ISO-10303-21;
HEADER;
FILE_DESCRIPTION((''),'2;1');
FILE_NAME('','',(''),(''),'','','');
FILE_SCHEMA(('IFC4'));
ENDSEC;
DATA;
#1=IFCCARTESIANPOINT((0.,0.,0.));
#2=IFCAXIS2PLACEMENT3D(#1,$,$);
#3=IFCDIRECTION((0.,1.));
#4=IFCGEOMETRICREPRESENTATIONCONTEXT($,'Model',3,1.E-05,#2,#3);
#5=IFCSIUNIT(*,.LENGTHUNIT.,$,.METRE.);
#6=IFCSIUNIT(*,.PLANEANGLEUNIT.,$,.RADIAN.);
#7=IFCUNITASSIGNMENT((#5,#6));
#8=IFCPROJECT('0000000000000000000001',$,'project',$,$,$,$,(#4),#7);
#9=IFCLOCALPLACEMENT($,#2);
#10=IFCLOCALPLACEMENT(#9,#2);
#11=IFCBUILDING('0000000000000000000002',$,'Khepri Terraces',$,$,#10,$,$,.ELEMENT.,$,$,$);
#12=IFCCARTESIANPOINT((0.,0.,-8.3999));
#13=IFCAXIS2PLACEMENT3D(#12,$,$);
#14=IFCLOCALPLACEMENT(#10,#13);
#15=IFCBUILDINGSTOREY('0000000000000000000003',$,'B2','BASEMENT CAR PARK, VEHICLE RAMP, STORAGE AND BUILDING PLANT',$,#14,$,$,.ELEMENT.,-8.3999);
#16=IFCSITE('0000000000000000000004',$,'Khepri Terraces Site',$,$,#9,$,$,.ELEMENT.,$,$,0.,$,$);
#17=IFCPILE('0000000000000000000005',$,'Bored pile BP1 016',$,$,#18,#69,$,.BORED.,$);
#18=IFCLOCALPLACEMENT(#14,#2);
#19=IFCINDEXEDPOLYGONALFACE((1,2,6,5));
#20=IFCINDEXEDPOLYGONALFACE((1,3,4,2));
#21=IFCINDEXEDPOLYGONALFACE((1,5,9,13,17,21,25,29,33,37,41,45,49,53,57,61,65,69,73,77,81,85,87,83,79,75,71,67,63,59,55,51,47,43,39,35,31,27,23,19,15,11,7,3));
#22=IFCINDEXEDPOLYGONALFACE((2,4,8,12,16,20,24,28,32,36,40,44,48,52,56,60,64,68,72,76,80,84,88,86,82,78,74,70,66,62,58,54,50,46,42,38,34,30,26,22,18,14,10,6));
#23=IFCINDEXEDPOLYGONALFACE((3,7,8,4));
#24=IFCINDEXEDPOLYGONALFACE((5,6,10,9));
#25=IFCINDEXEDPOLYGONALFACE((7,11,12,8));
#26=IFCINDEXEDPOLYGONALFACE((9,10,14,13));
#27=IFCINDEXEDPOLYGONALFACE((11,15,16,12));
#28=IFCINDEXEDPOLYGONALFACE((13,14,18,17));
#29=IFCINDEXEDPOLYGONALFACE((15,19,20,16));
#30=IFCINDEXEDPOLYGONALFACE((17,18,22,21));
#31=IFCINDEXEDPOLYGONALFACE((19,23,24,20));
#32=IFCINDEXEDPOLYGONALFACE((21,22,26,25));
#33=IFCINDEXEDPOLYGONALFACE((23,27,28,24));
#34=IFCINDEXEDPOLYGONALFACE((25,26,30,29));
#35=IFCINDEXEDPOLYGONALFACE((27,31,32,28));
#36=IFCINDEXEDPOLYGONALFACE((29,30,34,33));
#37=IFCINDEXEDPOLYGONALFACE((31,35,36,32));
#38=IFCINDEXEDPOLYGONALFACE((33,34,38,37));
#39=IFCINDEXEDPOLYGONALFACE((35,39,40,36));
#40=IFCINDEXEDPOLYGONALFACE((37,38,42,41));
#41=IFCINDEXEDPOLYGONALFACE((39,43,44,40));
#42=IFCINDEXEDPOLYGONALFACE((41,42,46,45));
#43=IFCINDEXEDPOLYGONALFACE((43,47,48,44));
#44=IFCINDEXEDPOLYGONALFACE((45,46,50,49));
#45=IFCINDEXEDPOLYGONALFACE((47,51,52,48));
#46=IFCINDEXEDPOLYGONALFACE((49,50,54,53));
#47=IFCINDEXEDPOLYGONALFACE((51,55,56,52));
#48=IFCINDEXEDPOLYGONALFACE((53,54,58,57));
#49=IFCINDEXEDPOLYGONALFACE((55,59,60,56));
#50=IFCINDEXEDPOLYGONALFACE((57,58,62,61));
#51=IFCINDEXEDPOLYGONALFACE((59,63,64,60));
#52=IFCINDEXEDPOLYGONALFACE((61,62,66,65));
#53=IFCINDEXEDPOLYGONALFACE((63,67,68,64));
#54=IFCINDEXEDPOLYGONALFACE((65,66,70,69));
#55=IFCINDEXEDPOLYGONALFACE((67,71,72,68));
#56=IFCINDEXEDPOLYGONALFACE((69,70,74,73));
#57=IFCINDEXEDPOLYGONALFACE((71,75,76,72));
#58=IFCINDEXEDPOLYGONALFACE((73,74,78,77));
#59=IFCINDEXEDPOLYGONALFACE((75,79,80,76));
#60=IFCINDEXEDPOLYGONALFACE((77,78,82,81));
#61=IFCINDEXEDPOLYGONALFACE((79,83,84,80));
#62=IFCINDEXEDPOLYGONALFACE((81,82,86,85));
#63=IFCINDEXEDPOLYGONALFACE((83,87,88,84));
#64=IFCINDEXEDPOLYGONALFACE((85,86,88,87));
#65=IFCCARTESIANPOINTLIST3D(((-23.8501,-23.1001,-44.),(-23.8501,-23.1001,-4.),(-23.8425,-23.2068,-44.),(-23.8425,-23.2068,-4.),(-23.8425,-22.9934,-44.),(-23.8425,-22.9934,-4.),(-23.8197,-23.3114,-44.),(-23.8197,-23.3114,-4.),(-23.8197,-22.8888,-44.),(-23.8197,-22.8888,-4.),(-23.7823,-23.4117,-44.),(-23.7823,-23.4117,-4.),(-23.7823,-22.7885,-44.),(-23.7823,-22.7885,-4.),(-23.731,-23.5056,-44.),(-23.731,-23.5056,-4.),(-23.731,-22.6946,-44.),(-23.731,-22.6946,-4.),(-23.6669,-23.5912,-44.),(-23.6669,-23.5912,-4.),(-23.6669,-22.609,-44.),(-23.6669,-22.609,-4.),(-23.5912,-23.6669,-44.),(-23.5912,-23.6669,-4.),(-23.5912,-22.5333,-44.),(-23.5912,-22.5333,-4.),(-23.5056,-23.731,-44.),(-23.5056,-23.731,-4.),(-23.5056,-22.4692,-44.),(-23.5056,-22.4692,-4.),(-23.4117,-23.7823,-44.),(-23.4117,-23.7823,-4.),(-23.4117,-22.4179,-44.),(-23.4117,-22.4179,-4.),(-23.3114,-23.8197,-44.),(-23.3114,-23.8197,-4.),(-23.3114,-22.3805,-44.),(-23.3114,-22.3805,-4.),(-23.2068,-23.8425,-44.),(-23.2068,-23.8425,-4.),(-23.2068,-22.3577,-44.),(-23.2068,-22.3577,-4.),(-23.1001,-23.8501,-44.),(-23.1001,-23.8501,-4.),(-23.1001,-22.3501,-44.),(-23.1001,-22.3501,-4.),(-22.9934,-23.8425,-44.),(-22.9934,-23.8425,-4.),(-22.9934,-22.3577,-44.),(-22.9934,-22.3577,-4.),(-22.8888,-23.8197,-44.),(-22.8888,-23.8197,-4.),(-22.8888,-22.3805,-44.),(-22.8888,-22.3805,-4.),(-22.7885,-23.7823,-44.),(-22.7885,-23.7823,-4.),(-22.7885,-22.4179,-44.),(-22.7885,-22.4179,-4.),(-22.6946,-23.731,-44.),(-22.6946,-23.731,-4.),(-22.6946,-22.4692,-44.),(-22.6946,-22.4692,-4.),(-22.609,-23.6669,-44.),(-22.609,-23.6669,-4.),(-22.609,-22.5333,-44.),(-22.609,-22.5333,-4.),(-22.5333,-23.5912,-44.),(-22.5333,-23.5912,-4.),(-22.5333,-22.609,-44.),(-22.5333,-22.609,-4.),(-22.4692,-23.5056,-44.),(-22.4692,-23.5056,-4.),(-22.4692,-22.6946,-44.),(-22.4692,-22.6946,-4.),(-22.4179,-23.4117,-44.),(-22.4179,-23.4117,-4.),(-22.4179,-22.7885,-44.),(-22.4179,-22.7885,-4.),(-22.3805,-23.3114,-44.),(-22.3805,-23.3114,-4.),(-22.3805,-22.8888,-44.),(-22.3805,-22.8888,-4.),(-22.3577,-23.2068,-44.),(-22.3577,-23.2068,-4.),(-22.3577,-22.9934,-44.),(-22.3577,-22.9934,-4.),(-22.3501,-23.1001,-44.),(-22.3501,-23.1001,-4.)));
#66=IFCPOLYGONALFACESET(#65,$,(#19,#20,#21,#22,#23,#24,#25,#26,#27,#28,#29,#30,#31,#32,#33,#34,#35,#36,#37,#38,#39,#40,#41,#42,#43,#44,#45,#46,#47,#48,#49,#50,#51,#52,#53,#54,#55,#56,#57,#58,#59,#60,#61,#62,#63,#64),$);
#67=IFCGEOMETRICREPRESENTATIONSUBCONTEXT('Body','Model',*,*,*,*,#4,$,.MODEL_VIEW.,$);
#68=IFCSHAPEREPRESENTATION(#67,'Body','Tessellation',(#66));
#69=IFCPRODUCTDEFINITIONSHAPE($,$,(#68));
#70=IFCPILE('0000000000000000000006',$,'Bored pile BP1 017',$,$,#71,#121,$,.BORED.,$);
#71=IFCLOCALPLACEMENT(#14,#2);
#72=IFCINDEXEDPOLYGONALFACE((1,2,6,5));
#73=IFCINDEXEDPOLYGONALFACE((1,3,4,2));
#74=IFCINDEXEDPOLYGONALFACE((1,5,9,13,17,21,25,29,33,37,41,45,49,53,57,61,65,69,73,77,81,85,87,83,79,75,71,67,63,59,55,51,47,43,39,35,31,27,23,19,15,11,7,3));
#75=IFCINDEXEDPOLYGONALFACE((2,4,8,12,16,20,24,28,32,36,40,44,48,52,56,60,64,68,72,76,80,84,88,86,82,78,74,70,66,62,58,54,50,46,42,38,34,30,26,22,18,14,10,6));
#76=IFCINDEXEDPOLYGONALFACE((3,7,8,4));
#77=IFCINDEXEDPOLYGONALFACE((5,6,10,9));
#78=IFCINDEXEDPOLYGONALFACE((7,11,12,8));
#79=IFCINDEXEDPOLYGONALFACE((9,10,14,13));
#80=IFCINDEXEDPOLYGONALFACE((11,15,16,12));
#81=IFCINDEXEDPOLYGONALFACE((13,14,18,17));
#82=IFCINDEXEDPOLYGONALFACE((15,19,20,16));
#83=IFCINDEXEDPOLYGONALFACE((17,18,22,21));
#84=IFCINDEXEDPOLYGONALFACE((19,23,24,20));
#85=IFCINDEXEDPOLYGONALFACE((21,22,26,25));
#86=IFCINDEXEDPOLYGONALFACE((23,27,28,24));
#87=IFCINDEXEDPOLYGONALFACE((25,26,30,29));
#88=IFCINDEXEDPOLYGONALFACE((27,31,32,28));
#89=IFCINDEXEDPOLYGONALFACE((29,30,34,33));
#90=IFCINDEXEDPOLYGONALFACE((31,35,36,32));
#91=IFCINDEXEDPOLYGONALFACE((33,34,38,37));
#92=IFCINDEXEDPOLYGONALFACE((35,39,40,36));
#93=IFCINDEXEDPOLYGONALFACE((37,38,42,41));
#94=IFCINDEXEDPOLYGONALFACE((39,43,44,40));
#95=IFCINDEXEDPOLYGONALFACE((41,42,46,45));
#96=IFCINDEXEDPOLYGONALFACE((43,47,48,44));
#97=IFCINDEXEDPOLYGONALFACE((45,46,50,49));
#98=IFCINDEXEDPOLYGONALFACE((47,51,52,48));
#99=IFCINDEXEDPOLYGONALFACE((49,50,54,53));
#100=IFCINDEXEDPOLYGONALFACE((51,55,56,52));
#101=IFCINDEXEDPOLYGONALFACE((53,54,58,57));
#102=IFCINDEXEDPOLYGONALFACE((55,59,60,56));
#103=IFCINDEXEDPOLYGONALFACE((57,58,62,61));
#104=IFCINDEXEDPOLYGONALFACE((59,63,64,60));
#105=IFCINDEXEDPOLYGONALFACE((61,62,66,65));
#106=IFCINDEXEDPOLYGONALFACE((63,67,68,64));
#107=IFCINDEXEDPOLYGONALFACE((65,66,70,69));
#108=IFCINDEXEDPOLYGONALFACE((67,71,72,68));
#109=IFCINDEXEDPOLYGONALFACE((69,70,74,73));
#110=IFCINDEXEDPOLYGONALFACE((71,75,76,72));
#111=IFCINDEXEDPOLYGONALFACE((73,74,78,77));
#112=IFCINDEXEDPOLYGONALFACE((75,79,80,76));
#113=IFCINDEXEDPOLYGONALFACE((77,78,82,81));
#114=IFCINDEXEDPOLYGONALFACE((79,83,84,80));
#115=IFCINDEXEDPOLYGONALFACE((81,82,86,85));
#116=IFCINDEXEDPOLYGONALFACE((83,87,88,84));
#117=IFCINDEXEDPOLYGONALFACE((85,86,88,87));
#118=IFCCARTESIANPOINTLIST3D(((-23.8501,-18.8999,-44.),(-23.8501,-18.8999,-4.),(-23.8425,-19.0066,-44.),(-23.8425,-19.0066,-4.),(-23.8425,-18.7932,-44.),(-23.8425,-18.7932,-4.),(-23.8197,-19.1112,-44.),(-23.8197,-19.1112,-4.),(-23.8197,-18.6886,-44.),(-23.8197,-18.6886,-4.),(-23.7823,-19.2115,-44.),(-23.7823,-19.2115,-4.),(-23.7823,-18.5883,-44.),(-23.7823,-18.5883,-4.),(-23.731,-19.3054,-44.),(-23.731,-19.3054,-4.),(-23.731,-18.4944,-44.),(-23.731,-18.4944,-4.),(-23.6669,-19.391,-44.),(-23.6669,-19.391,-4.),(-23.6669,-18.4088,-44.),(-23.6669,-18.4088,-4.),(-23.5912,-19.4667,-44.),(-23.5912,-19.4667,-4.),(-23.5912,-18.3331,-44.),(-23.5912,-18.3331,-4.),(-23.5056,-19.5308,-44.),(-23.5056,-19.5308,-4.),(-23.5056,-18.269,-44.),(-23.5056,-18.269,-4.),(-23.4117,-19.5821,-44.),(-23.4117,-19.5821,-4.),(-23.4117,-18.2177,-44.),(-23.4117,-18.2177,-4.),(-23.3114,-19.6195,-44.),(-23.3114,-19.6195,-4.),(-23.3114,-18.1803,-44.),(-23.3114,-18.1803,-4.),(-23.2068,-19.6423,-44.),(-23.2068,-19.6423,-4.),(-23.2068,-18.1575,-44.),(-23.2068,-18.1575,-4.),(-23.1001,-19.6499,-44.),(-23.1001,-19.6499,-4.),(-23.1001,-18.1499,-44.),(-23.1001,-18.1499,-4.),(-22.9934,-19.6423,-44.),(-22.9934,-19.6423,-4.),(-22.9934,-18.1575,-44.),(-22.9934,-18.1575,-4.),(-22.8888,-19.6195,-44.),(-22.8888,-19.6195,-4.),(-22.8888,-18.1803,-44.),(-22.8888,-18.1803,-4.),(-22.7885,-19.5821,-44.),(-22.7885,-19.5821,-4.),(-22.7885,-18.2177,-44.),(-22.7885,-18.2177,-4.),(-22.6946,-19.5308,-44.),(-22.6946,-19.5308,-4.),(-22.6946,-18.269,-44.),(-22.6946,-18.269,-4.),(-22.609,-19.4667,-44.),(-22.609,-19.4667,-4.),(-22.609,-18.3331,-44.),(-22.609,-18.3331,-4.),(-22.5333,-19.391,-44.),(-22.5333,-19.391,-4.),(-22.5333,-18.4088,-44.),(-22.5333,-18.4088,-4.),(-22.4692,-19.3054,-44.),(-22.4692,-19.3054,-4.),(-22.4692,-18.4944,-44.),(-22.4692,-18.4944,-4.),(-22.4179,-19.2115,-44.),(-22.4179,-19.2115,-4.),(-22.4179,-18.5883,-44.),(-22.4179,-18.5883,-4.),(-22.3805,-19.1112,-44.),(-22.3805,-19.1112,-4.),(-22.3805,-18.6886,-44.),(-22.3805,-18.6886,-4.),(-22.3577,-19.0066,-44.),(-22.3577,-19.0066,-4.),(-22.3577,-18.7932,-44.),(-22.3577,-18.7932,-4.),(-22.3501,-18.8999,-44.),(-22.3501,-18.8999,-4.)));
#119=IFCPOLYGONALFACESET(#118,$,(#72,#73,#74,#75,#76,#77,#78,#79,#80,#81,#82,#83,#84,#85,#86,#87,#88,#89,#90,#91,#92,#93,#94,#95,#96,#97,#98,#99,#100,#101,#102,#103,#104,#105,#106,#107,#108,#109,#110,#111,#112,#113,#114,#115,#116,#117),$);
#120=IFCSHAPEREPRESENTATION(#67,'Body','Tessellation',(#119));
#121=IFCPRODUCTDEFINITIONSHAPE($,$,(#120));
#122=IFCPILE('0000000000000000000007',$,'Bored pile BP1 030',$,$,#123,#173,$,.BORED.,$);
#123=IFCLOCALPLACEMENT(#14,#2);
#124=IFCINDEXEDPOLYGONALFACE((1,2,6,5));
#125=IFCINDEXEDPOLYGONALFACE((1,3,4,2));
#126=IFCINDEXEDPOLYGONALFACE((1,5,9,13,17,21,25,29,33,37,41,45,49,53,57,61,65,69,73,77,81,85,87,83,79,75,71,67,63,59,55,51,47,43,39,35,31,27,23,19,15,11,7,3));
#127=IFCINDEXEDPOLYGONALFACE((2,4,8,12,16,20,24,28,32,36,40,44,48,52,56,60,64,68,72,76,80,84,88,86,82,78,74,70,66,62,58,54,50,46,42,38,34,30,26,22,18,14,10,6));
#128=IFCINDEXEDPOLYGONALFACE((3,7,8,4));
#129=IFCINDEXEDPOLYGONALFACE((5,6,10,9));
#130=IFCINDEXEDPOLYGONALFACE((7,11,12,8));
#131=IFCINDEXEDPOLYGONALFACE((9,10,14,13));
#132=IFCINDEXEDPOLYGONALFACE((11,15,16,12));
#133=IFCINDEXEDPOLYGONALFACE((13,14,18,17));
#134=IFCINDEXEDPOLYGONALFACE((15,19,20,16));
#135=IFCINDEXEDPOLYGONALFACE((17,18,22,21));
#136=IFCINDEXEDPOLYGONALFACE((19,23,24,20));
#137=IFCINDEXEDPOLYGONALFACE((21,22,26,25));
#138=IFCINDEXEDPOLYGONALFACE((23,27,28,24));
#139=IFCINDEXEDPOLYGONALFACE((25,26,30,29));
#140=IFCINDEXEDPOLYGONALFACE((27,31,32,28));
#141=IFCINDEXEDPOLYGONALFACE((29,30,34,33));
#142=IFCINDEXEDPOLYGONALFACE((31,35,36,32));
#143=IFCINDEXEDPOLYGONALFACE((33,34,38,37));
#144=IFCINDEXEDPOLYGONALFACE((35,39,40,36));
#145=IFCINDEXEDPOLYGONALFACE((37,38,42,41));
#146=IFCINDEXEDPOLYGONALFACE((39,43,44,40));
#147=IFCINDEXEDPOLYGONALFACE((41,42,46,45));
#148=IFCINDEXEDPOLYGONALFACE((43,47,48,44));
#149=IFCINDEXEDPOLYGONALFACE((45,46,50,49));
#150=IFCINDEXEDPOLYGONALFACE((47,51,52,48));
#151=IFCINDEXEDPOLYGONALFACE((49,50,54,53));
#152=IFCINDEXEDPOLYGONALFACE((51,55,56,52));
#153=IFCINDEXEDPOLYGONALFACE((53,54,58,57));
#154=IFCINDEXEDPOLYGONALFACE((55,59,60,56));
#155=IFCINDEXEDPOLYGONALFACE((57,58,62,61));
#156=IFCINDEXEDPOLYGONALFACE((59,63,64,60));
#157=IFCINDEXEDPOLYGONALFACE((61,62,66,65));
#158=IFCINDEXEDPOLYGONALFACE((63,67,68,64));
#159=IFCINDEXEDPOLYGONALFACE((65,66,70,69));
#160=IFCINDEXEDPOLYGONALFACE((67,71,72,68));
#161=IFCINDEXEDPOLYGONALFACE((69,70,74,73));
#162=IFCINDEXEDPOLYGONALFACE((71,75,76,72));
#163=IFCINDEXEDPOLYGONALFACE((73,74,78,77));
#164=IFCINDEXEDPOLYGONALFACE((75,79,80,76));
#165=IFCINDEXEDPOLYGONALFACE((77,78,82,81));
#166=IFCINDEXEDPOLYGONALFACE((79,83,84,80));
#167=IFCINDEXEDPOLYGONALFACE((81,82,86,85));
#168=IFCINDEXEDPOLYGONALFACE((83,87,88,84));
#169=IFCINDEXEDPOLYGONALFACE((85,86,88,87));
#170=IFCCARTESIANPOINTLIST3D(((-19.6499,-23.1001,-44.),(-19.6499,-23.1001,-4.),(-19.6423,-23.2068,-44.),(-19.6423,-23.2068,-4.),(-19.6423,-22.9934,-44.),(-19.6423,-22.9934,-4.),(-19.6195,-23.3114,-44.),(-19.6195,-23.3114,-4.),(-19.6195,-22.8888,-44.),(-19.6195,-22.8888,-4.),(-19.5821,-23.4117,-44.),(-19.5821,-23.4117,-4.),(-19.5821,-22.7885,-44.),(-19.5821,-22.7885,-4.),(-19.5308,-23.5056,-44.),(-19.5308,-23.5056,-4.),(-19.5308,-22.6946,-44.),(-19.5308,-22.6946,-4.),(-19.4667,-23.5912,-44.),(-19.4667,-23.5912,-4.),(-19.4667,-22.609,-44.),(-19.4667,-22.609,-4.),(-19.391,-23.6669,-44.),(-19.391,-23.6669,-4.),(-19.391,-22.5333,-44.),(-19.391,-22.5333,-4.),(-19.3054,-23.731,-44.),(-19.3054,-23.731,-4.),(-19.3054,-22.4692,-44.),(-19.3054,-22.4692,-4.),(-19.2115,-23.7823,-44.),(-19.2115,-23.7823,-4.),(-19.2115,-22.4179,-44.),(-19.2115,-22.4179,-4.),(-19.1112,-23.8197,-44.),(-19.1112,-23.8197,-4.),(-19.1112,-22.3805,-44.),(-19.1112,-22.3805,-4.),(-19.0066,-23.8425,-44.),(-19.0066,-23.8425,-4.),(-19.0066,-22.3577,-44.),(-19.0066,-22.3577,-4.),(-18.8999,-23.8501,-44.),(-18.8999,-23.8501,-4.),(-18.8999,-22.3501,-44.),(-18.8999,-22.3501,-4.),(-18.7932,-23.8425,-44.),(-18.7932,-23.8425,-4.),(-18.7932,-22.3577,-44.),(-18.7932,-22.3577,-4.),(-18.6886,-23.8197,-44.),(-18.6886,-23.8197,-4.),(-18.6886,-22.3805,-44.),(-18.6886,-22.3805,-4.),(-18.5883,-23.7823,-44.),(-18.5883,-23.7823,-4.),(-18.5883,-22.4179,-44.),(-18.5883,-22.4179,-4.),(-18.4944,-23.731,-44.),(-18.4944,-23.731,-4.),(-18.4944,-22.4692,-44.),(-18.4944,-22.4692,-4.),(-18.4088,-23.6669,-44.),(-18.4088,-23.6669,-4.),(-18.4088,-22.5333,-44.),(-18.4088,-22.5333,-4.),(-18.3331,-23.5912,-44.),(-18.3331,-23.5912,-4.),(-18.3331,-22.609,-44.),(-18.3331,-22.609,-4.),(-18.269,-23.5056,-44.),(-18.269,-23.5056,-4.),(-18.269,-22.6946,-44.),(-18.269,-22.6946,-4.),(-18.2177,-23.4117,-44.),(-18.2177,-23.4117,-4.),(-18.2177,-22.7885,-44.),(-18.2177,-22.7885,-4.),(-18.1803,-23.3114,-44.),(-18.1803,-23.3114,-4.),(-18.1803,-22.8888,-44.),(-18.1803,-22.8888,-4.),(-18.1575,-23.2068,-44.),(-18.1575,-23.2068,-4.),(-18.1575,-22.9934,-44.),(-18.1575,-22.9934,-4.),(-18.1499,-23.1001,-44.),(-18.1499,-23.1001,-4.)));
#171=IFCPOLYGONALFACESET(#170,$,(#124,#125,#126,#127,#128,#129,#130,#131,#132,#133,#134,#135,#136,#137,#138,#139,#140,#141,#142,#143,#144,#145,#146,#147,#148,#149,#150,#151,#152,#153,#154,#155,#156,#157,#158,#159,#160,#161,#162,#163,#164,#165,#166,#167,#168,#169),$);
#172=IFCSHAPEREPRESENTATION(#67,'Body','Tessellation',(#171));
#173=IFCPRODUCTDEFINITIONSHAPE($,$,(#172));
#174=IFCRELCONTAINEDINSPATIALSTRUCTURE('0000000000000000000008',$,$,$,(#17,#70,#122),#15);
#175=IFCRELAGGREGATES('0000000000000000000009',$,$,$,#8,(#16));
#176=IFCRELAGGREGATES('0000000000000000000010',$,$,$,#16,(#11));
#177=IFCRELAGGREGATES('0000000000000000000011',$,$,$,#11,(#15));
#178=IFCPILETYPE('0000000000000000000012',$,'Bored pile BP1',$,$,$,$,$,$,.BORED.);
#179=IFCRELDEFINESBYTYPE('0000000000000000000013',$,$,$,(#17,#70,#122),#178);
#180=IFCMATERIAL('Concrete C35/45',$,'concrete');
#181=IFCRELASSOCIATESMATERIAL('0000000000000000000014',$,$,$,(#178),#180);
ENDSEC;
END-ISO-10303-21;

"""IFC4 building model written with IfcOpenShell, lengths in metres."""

from ifc_helpers import new_model, si_unit, direction, frame, origin, origin_2d, place, context, subcontext, project, spatial, circle, extrude, material, material_profile, profile_set, type_object, element, save


model = new_model("IFC4")

# Units and contexts
model_context = context("Model", 3, precision=1e-05, world=origin(), true_north=direction((0.0, 1.0)))
body_context = subcontext(model_context, "Body", "Model", "MODEL_VIEW")
ifc_project = project(units=[si_unit("LENGTHUNIT", "METRE"), si_unit("PLANEANGLEUNIT", "RADIAN")], contexts=[model_context])

# Site, building, storey
site_placement = place(None, origin())
site = spatial("IfcSite", under=ifc_project, at=site_placement, Name="Khepri Terraces Site", CompositionType="ELEMENT", RefElevation=0.0)
building_placement = place(site_placement, origin())
building = spatial("IfcBuilding", under=site, at=building_placement, Name="Khepri Terraces", CompositionType="ELEMENT")
storey_placement = place(building_placement, frame((0.0, 0.0, -8.3999)))
storey = spatial("IfcBuildingStorey", under=building, at=storey_placement, Name="B2", Description="BASEMENT CAR PARK, VEHICLE RAMP, STORAGE AND BUILDING PLANT", CompositionType="ELEMENT", Elevation=-8.3999)

# Piles
ifc_material_1 = material(Name="Concrete C35/45", Category="concrete")
ifc_material_profile_1 = material_profile(ifc_material_1, circle(Radius=0.75, at=origin_2d()), Name="Concrete C35/45", Category="concrete")
ifc_profile_set_1 = profile_set([ifc_material_profile_1], Name="Concrete C35/45")
pile_type = type_object("IfcPileType", Name="Bored pile BP1", PredefinedType="BORED", material=ifc_profile_set_1)
for number, where, z_axis, x_axis, name in (
    (1, (-23.1001, -23.1001, -4.0), (0.0, 0.0, -1.0), (1.0, 0.0, 0.0), "Bored pile BP1 016"),
    (2, (-23.1001, -18.8999, -4.0), (0.0, 0.0, -1.0), (1.0, 0.0, 0.0), "Bored pile BP1 017"),
    (3, (-18.8999, -23.1001, -4.0), (0.0, 0.0, -1.0), (1.0, 0.0, 0.0), "Bored pile BP1 030"),
):
    element("IfcPile", number, at=place(storey_placement, frame(where, z_axis=z_axis, x_axis=x_axis)), inside=storey, type_object=pile_type, Name=name, PredefinedType="BORED", context=body_context, shape_type="SweptSolid", body=[
        extrude(circle(Radius=0.75, at=origin_2d()), origin(), (0.0, 0.0, 1.0), 40.0),
    ])

save(model, "model.ifc")
